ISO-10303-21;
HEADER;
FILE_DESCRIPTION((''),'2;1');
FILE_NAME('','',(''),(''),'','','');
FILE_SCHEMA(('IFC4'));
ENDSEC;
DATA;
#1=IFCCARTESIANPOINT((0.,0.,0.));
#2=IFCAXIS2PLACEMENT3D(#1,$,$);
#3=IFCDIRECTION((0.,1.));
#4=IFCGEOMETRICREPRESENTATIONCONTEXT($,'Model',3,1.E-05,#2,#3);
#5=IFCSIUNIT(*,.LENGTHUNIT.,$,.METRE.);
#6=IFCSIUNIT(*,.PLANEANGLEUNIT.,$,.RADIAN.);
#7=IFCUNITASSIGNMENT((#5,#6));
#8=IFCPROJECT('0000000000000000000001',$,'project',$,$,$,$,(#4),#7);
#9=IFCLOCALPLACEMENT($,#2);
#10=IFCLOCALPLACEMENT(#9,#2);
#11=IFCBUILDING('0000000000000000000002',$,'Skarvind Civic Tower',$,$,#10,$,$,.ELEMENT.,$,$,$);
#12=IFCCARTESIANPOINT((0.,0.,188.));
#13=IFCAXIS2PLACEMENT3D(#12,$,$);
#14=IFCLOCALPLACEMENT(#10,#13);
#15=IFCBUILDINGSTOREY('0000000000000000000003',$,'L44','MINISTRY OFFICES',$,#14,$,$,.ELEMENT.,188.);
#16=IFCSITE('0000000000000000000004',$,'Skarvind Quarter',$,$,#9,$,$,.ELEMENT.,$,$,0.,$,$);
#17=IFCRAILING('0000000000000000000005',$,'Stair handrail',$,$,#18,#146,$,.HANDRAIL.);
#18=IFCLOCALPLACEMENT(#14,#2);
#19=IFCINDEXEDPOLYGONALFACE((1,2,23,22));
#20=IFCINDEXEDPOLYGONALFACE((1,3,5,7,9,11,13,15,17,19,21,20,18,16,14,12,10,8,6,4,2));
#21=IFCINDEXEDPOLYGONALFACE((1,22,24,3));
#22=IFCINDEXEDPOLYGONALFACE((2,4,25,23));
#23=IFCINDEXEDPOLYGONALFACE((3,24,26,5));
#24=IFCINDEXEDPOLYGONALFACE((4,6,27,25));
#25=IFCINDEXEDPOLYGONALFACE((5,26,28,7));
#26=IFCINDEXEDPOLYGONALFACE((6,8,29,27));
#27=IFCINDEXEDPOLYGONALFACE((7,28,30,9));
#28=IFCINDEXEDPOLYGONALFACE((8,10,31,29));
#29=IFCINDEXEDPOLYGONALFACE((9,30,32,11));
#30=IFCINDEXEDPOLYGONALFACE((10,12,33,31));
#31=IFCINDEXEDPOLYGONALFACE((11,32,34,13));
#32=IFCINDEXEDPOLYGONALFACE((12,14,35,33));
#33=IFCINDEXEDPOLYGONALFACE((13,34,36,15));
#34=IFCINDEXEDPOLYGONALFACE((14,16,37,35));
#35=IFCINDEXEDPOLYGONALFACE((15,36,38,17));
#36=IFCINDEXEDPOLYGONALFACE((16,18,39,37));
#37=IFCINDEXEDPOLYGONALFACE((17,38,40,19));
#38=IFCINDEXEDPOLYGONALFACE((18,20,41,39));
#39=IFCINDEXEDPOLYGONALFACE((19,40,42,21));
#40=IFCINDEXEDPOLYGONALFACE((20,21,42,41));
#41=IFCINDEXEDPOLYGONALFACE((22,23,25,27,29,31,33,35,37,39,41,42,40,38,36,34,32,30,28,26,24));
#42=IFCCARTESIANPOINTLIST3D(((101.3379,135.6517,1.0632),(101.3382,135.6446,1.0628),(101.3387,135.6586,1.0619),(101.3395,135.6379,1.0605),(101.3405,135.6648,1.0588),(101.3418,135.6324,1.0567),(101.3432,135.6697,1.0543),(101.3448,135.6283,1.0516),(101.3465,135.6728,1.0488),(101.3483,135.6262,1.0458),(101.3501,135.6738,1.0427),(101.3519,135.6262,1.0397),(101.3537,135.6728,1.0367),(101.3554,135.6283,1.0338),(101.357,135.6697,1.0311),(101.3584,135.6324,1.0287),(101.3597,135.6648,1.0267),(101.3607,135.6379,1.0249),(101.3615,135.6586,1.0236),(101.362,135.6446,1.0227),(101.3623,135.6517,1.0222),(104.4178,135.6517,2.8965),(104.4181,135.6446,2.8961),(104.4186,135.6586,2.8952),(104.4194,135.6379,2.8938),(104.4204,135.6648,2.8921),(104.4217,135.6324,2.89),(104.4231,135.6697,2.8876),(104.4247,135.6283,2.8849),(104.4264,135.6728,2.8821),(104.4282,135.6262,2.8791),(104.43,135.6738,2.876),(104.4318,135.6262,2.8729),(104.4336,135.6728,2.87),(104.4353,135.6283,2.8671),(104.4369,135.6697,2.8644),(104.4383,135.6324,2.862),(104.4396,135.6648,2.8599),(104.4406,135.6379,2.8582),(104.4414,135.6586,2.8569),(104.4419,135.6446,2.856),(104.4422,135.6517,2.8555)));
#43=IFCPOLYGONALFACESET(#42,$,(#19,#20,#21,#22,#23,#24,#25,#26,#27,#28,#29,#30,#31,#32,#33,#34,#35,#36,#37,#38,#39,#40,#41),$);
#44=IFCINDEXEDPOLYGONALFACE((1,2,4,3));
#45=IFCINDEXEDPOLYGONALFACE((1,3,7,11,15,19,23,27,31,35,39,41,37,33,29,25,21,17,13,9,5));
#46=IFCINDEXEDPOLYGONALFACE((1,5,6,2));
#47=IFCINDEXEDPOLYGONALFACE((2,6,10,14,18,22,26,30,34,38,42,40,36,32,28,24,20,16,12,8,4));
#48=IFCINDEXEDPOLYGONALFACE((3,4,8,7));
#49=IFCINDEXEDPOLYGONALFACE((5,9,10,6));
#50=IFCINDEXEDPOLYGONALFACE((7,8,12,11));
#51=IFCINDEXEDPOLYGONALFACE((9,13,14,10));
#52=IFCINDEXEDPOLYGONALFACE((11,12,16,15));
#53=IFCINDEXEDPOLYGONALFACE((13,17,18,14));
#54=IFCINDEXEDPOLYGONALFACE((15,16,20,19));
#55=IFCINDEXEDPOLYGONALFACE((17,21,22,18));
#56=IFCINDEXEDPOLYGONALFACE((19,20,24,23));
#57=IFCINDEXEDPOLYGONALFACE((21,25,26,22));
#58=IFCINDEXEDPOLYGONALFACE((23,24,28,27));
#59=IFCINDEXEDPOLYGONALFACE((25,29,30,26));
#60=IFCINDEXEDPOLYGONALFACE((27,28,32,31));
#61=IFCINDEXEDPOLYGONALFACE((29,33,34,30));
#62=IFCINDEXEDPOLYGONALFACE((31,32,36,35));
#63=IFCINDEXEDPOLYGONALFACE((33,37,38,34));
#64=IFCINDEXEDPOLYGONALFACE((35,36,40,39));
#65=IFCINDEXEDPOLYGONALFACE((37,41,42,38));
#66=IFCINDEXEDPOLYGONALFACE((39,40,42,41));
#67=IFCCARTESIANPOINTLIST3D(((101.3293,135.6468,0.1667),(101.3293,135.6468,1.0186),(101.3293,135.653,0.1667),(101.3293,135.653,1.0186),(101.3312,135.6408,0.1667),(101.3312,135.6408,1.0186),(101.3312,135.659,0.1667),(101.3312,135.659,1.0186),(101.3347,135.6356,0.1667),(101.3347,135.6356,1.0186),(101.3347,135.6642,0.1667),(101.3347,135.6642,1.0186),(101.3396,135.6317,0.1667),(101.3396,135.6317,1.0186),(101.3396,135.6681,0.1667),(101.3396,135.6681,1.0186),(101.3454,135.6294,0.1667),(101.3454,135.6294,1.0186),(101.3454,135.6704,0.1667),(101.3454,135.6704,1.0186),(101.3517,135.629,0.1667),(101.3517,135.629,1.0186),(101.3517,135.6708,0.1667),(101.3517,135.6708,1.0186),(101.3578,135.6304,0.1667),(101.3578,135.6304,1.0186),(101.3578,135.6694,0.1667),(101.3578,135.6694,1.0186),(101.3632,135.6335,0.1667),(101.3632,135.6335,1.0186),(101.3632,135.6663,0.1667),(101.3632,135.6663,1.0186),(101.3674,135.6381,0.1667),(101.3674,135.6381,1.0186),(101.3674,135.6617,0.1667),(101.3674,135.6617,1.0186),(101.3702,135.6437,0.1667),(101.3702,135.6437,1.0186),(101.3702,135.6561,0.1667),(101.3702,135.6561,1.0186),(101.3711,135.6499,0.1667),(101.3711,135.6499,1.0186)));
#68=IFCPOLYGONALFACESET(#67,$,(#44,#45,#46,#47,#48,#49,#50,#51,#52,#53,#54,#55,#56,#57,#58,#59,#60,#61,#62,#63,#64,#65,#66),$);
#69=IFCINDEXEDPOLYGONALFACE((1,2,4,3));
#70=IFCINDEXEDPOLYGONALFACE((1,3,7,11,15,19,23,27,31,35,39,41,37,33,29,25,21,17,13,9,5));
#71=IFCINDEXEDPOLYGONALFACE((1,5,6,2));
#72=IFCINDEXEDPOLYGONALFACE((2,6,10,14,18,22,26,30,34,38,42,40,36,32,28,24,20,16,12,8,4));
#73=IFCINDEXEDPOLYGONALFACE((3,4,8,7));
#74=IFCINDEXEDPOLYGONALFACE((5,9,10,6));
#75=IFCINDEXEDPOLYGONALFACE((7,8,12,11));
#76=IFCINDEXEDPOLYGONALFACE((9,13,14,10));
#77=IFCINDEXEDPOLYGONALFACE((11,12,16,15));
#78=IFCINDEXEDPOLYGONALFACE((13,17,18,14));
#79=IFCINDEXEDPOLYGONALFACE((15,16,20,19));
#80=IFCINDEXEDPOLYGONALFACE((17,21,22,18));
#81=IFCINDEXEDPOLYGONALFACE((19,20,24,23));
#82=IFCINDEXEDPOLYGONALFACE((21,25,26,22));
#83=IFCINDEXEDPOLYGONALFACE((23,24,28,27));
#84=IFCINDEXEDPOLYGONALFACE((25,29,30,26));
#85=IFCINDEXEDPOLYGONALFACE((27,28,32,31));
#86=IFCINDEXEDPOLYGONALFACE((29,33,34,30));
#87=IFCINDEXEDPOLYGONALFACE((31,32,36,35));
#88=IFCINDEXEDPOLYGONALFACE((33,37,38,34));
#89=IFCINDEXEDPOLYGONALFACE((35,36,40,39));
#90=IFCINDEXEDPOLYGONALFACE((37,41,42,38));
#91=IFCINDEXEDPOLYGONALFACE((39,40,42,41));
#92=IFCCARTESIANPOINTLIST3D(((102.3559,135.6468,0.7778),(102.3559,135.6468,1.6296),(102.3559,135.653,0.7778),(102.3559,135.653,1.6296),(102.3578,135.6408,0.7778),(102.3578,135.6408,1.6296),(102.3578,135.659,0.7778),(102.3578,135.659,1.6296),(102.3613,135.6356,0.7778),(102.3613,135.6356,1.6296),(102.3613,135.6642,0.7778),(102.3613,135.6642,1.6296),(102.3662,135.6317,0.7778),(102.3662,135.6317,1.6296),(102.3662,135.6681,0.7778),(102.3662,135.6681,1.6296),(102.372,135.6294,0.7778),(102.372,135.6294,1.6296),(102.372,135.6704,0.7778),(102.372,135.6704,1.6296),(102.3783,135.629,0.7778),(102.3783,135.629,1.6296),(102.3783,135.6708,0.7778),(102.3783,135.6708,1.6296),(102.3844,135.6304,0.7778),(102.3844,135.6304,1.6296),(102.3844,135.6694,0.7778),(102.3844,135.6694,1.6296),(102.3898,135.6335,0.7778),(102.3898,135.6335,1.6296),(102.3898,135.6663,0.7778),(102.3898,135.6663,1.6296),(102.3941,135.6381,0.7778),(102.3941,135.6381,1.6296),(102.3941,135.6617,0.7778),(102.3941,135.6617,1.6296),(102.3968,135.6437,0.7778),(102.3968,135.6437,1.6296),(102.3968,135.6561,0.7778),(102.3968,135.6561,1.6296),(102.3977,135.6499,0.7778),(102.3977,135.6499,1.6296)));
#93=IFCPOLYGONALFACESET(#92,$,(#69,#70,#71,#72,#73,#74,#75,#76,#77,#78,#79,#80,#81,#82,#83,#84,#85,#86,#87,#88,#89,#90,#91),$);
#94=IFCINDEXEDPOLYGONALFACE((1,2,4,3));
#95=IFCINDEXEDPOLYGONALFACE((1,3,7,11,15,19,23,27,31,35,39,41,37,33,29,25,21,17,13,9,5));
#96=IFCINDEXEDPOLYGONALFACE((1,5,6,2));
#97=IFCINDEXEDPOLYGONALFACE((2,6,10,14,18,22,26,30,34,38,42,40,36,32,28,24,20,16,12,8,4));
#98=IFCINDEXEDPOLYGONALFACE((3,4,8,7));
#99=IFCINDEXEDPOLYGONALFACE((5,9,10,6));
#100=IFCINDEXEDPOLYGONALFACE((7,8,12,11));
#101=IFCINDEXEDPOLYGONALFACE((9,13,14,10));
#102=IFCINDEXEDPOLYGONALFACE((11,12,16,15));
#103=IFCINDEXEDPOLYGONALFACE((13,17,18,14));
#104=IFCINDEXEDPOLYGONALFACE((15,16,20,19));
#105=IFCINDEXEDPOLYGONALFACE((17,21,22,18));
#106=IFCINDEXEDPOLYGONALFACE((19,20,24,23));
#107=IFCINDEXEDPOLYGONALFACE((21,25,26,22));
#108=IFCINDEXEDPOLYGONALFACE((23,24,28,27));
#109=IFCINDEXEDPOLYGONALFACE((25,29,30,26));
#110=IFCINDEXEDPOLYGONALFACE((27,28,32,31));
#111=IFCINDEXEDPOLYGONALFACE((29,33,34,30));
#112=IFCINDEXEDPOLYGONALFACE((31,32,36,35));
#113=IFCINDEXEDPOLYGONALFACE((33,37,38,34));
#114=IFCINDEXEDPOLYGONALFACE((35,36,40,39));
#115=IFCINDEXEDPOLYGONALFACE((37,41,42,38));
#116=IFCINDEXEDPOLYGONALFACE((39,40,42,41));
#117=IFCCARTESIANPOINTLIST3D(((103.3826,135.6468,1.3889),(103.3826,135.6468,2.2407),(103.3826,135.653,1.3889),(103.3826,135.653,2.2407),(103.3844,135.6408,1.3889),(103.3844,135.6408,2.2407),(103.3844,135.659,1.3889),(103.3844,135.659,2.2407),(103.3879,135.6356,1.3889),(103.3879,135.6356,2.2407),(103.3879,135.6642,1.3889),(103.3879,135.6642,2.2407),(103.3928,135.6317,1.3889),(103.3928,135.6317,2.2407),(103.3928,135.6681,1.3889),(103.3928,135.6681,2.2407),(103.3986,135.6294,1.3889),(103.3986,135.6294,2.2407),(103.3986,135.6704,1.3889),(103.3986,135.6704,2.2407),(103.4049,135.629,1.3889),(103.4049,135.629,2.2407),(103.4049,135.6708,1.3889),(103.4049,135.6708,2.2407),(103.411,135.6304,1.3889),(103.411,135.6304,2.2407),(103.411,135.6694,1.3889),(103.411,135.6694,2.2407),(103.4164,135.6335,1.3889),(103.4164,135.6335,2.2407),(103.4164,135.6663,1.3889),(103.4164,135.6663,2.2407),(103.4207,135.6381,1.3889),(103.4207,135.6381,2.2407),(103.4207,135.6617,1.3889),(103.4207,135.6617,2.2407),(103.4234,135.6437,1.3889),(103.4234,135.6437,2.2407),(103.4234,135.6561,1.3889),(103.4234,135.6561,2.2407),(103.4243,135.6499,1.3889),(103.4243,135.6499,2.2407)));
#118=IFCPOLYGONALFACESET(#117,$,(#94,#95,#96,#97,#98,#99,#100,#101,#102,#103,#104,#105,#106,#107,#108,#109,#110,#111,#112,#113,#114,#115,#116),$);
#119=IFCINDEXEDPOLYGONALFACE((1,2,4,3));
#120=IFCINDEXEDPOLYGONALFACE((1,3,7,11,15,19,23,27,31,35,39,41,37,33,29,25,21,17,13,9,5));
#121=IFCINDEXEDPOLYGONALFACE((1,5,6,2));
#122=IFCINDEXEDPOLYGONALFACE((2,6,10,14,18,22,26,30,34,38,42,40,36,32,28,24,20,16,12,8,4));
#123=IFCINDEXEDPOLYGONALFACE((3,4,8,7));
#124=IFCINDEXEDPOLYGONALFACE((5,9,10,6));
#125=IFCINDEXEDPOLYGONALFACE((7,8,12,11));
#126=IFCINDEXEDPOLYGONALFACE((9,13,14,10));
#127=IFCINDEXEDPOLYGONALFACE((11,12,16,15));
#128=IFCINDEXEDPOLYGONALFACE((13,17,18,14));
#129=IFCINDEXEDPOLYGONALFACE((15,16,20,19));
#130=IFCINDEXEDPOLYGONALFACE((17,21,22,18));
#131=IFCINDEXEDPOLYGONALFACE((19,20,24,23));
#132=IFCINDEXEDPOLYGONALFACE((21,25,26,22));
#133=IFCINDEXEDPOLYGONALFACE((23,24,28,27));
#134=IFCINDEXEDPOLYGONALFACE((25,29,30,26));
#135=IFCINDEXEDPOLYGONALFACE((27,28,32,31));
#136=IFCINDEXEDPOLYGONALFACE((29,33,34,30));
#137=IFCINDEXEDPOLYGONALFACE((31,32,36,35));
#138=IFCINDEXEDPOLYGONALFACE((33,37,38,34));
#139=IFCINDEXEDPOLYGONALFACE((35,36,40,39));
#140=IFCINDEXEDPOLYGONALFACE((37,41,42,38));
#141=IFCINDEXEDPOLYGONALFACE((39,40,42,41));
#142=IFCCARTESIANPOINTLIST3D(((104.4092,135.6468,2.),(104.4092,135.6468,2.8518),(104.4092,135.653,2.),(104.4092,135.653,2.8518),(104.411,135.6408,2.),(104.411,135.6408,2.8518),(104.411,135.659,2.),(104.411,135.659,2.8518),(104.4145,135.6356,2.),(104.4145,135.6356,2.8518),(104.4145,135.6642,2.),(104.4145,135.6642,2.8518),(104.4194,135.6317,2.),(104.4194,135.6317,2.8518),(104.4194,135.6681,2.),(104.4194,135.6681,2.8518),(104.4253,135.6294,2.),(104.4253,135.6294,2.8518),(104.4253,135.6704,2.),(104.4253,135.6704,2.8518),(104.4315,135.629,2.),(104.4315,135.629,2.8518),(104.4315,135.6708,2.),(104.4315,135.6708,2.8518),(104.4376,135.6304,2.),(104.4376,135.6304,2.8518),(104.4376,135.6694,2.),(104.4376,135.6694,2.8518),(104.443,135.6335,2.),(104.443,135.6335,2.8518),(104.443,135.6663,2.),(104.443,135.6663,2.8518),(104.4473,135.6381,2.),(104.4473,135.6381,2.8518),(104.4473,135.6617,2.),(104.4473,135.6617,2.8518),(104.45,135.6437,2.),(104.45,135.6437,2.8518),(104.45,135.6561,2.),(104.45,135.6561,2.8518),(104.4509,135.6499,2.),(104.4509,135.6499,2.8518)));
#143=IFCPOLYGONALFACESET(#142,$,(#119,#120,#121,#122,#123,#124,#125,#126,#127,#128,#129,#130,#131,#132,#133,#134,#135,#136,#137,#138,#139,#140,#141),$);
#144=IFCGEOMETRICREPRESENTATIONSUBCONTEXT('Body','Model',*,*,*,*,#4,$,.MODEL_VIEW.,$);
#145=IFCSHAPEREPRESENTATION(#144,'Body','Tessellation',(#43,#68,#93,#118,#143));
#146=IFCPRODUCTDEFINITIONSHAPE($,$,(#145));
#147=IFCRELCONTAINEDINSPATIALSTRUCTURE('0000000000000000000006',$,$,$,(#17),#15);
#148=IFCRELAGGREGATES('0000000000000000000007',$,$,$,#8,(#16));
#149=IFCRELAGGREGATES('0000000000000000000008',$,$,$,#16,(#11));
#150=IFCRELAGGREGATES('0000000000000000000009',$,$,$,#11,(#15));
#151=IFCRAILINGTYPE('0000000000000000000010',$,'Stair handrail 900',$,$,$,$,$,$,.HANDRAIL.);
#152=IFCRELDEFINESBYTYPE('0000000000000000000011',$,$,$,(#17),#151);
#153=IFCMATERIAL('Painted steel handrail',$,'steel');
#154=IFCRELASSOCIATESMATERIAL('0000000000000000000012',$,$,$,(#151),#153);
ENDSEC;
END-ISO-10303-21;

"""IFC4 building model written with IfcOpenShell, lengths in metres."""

from ifc_helpers import new_model, si_unit, direction, frame, origin, origin_2d, place, context, subcontext, project, spatial, circle, extrude, material, type_object, element, save


model = new_model("IFC4")

# Units and contexts
model_context = context("Model", 3, precision=1e-05, world=origin(), true_north=direction((0.0, 1.0)))
body_context = subcontext(model_context, "Body", "Model", "MODEL_VIEW")
ifc_project = project(units=[si_unit("LENGTHUNIT", "METRE"), si_unit("PLANEANGLEUNIT", "RADIAN")], contexts=[model_context])

# Site, building, storey
site_placement = place(None, origin())
site = spatial("IfcSite", under=ifc_project, at=site_placement, Name="Skarvind Quarter", CompositionType="ELEMENT", RefElevation=0.0)
building_placement = place(site_placement, origin())
building = spatial("IfcBuilding", under=site, at=building_placement, Name="Skarvind Civic Tower", CompositionType="ELEMENT")
storey_placement = place(building_placement, frame((0.0, 0.0, 188.0)))
storey = spatial("IfcBuildingStorey", under=building, at=storey_placement, Name="L44", Description="MINISTRY OFFICES", CompositionType="ELEMENT", Elevation=188.0)

# Railing
ifc_material_1 = material(Name="Painted steel handrail", Category="steel")
railing_type = type_object("IfcRailingType", Name="Stair handrail 900", PredefinedType="HANDRAIL", material=ifc_material_1)
railing_1_placement = place(storey_placement, frame((101.3501, 135.6499, 0.1667)))
element("IfcRailing", 1, at=railing_1_placement, inside=storey, type_object=railing_type, Name="Stair handrail", PredefinedType="HANDRAIL", context=body_context, shape_type="SweptSolid", body=[
    extrude(circle(Radius=0.0239, at=origin_2d()), frame((0.0, 0.0, 0.876), z_axis=(0.859291, 0.0, 0.511487), x_axis=(0.0, 1.0, 0.0)), (0.0, 0.0, 1.0), 3.5842),
    extrude(circle(Radius=0.021, at=origin_2d()), origin(), (0.0, 0.0, 1.0), 0.8518),
    extrude(circle(Radius=0.021, at=origin_2d()), frame((1.0266, 0.0, 0.6111)), (0.0, 0.0, 1.0), 0.8518),
    extrude(circle(Radius=0.021, at=origin_2d()), frame((2.0532, 0.0, 1.2222)), (0.0, 0.0, 1.0), 0.8518),
    extrude(circle(Radius=0.021, at=origin_2d()), frame((3.0798, 0.0, 1.8333)), (0.0, 0.0, 1.0), 0.8518),
])

save(model, "model.ifc")
